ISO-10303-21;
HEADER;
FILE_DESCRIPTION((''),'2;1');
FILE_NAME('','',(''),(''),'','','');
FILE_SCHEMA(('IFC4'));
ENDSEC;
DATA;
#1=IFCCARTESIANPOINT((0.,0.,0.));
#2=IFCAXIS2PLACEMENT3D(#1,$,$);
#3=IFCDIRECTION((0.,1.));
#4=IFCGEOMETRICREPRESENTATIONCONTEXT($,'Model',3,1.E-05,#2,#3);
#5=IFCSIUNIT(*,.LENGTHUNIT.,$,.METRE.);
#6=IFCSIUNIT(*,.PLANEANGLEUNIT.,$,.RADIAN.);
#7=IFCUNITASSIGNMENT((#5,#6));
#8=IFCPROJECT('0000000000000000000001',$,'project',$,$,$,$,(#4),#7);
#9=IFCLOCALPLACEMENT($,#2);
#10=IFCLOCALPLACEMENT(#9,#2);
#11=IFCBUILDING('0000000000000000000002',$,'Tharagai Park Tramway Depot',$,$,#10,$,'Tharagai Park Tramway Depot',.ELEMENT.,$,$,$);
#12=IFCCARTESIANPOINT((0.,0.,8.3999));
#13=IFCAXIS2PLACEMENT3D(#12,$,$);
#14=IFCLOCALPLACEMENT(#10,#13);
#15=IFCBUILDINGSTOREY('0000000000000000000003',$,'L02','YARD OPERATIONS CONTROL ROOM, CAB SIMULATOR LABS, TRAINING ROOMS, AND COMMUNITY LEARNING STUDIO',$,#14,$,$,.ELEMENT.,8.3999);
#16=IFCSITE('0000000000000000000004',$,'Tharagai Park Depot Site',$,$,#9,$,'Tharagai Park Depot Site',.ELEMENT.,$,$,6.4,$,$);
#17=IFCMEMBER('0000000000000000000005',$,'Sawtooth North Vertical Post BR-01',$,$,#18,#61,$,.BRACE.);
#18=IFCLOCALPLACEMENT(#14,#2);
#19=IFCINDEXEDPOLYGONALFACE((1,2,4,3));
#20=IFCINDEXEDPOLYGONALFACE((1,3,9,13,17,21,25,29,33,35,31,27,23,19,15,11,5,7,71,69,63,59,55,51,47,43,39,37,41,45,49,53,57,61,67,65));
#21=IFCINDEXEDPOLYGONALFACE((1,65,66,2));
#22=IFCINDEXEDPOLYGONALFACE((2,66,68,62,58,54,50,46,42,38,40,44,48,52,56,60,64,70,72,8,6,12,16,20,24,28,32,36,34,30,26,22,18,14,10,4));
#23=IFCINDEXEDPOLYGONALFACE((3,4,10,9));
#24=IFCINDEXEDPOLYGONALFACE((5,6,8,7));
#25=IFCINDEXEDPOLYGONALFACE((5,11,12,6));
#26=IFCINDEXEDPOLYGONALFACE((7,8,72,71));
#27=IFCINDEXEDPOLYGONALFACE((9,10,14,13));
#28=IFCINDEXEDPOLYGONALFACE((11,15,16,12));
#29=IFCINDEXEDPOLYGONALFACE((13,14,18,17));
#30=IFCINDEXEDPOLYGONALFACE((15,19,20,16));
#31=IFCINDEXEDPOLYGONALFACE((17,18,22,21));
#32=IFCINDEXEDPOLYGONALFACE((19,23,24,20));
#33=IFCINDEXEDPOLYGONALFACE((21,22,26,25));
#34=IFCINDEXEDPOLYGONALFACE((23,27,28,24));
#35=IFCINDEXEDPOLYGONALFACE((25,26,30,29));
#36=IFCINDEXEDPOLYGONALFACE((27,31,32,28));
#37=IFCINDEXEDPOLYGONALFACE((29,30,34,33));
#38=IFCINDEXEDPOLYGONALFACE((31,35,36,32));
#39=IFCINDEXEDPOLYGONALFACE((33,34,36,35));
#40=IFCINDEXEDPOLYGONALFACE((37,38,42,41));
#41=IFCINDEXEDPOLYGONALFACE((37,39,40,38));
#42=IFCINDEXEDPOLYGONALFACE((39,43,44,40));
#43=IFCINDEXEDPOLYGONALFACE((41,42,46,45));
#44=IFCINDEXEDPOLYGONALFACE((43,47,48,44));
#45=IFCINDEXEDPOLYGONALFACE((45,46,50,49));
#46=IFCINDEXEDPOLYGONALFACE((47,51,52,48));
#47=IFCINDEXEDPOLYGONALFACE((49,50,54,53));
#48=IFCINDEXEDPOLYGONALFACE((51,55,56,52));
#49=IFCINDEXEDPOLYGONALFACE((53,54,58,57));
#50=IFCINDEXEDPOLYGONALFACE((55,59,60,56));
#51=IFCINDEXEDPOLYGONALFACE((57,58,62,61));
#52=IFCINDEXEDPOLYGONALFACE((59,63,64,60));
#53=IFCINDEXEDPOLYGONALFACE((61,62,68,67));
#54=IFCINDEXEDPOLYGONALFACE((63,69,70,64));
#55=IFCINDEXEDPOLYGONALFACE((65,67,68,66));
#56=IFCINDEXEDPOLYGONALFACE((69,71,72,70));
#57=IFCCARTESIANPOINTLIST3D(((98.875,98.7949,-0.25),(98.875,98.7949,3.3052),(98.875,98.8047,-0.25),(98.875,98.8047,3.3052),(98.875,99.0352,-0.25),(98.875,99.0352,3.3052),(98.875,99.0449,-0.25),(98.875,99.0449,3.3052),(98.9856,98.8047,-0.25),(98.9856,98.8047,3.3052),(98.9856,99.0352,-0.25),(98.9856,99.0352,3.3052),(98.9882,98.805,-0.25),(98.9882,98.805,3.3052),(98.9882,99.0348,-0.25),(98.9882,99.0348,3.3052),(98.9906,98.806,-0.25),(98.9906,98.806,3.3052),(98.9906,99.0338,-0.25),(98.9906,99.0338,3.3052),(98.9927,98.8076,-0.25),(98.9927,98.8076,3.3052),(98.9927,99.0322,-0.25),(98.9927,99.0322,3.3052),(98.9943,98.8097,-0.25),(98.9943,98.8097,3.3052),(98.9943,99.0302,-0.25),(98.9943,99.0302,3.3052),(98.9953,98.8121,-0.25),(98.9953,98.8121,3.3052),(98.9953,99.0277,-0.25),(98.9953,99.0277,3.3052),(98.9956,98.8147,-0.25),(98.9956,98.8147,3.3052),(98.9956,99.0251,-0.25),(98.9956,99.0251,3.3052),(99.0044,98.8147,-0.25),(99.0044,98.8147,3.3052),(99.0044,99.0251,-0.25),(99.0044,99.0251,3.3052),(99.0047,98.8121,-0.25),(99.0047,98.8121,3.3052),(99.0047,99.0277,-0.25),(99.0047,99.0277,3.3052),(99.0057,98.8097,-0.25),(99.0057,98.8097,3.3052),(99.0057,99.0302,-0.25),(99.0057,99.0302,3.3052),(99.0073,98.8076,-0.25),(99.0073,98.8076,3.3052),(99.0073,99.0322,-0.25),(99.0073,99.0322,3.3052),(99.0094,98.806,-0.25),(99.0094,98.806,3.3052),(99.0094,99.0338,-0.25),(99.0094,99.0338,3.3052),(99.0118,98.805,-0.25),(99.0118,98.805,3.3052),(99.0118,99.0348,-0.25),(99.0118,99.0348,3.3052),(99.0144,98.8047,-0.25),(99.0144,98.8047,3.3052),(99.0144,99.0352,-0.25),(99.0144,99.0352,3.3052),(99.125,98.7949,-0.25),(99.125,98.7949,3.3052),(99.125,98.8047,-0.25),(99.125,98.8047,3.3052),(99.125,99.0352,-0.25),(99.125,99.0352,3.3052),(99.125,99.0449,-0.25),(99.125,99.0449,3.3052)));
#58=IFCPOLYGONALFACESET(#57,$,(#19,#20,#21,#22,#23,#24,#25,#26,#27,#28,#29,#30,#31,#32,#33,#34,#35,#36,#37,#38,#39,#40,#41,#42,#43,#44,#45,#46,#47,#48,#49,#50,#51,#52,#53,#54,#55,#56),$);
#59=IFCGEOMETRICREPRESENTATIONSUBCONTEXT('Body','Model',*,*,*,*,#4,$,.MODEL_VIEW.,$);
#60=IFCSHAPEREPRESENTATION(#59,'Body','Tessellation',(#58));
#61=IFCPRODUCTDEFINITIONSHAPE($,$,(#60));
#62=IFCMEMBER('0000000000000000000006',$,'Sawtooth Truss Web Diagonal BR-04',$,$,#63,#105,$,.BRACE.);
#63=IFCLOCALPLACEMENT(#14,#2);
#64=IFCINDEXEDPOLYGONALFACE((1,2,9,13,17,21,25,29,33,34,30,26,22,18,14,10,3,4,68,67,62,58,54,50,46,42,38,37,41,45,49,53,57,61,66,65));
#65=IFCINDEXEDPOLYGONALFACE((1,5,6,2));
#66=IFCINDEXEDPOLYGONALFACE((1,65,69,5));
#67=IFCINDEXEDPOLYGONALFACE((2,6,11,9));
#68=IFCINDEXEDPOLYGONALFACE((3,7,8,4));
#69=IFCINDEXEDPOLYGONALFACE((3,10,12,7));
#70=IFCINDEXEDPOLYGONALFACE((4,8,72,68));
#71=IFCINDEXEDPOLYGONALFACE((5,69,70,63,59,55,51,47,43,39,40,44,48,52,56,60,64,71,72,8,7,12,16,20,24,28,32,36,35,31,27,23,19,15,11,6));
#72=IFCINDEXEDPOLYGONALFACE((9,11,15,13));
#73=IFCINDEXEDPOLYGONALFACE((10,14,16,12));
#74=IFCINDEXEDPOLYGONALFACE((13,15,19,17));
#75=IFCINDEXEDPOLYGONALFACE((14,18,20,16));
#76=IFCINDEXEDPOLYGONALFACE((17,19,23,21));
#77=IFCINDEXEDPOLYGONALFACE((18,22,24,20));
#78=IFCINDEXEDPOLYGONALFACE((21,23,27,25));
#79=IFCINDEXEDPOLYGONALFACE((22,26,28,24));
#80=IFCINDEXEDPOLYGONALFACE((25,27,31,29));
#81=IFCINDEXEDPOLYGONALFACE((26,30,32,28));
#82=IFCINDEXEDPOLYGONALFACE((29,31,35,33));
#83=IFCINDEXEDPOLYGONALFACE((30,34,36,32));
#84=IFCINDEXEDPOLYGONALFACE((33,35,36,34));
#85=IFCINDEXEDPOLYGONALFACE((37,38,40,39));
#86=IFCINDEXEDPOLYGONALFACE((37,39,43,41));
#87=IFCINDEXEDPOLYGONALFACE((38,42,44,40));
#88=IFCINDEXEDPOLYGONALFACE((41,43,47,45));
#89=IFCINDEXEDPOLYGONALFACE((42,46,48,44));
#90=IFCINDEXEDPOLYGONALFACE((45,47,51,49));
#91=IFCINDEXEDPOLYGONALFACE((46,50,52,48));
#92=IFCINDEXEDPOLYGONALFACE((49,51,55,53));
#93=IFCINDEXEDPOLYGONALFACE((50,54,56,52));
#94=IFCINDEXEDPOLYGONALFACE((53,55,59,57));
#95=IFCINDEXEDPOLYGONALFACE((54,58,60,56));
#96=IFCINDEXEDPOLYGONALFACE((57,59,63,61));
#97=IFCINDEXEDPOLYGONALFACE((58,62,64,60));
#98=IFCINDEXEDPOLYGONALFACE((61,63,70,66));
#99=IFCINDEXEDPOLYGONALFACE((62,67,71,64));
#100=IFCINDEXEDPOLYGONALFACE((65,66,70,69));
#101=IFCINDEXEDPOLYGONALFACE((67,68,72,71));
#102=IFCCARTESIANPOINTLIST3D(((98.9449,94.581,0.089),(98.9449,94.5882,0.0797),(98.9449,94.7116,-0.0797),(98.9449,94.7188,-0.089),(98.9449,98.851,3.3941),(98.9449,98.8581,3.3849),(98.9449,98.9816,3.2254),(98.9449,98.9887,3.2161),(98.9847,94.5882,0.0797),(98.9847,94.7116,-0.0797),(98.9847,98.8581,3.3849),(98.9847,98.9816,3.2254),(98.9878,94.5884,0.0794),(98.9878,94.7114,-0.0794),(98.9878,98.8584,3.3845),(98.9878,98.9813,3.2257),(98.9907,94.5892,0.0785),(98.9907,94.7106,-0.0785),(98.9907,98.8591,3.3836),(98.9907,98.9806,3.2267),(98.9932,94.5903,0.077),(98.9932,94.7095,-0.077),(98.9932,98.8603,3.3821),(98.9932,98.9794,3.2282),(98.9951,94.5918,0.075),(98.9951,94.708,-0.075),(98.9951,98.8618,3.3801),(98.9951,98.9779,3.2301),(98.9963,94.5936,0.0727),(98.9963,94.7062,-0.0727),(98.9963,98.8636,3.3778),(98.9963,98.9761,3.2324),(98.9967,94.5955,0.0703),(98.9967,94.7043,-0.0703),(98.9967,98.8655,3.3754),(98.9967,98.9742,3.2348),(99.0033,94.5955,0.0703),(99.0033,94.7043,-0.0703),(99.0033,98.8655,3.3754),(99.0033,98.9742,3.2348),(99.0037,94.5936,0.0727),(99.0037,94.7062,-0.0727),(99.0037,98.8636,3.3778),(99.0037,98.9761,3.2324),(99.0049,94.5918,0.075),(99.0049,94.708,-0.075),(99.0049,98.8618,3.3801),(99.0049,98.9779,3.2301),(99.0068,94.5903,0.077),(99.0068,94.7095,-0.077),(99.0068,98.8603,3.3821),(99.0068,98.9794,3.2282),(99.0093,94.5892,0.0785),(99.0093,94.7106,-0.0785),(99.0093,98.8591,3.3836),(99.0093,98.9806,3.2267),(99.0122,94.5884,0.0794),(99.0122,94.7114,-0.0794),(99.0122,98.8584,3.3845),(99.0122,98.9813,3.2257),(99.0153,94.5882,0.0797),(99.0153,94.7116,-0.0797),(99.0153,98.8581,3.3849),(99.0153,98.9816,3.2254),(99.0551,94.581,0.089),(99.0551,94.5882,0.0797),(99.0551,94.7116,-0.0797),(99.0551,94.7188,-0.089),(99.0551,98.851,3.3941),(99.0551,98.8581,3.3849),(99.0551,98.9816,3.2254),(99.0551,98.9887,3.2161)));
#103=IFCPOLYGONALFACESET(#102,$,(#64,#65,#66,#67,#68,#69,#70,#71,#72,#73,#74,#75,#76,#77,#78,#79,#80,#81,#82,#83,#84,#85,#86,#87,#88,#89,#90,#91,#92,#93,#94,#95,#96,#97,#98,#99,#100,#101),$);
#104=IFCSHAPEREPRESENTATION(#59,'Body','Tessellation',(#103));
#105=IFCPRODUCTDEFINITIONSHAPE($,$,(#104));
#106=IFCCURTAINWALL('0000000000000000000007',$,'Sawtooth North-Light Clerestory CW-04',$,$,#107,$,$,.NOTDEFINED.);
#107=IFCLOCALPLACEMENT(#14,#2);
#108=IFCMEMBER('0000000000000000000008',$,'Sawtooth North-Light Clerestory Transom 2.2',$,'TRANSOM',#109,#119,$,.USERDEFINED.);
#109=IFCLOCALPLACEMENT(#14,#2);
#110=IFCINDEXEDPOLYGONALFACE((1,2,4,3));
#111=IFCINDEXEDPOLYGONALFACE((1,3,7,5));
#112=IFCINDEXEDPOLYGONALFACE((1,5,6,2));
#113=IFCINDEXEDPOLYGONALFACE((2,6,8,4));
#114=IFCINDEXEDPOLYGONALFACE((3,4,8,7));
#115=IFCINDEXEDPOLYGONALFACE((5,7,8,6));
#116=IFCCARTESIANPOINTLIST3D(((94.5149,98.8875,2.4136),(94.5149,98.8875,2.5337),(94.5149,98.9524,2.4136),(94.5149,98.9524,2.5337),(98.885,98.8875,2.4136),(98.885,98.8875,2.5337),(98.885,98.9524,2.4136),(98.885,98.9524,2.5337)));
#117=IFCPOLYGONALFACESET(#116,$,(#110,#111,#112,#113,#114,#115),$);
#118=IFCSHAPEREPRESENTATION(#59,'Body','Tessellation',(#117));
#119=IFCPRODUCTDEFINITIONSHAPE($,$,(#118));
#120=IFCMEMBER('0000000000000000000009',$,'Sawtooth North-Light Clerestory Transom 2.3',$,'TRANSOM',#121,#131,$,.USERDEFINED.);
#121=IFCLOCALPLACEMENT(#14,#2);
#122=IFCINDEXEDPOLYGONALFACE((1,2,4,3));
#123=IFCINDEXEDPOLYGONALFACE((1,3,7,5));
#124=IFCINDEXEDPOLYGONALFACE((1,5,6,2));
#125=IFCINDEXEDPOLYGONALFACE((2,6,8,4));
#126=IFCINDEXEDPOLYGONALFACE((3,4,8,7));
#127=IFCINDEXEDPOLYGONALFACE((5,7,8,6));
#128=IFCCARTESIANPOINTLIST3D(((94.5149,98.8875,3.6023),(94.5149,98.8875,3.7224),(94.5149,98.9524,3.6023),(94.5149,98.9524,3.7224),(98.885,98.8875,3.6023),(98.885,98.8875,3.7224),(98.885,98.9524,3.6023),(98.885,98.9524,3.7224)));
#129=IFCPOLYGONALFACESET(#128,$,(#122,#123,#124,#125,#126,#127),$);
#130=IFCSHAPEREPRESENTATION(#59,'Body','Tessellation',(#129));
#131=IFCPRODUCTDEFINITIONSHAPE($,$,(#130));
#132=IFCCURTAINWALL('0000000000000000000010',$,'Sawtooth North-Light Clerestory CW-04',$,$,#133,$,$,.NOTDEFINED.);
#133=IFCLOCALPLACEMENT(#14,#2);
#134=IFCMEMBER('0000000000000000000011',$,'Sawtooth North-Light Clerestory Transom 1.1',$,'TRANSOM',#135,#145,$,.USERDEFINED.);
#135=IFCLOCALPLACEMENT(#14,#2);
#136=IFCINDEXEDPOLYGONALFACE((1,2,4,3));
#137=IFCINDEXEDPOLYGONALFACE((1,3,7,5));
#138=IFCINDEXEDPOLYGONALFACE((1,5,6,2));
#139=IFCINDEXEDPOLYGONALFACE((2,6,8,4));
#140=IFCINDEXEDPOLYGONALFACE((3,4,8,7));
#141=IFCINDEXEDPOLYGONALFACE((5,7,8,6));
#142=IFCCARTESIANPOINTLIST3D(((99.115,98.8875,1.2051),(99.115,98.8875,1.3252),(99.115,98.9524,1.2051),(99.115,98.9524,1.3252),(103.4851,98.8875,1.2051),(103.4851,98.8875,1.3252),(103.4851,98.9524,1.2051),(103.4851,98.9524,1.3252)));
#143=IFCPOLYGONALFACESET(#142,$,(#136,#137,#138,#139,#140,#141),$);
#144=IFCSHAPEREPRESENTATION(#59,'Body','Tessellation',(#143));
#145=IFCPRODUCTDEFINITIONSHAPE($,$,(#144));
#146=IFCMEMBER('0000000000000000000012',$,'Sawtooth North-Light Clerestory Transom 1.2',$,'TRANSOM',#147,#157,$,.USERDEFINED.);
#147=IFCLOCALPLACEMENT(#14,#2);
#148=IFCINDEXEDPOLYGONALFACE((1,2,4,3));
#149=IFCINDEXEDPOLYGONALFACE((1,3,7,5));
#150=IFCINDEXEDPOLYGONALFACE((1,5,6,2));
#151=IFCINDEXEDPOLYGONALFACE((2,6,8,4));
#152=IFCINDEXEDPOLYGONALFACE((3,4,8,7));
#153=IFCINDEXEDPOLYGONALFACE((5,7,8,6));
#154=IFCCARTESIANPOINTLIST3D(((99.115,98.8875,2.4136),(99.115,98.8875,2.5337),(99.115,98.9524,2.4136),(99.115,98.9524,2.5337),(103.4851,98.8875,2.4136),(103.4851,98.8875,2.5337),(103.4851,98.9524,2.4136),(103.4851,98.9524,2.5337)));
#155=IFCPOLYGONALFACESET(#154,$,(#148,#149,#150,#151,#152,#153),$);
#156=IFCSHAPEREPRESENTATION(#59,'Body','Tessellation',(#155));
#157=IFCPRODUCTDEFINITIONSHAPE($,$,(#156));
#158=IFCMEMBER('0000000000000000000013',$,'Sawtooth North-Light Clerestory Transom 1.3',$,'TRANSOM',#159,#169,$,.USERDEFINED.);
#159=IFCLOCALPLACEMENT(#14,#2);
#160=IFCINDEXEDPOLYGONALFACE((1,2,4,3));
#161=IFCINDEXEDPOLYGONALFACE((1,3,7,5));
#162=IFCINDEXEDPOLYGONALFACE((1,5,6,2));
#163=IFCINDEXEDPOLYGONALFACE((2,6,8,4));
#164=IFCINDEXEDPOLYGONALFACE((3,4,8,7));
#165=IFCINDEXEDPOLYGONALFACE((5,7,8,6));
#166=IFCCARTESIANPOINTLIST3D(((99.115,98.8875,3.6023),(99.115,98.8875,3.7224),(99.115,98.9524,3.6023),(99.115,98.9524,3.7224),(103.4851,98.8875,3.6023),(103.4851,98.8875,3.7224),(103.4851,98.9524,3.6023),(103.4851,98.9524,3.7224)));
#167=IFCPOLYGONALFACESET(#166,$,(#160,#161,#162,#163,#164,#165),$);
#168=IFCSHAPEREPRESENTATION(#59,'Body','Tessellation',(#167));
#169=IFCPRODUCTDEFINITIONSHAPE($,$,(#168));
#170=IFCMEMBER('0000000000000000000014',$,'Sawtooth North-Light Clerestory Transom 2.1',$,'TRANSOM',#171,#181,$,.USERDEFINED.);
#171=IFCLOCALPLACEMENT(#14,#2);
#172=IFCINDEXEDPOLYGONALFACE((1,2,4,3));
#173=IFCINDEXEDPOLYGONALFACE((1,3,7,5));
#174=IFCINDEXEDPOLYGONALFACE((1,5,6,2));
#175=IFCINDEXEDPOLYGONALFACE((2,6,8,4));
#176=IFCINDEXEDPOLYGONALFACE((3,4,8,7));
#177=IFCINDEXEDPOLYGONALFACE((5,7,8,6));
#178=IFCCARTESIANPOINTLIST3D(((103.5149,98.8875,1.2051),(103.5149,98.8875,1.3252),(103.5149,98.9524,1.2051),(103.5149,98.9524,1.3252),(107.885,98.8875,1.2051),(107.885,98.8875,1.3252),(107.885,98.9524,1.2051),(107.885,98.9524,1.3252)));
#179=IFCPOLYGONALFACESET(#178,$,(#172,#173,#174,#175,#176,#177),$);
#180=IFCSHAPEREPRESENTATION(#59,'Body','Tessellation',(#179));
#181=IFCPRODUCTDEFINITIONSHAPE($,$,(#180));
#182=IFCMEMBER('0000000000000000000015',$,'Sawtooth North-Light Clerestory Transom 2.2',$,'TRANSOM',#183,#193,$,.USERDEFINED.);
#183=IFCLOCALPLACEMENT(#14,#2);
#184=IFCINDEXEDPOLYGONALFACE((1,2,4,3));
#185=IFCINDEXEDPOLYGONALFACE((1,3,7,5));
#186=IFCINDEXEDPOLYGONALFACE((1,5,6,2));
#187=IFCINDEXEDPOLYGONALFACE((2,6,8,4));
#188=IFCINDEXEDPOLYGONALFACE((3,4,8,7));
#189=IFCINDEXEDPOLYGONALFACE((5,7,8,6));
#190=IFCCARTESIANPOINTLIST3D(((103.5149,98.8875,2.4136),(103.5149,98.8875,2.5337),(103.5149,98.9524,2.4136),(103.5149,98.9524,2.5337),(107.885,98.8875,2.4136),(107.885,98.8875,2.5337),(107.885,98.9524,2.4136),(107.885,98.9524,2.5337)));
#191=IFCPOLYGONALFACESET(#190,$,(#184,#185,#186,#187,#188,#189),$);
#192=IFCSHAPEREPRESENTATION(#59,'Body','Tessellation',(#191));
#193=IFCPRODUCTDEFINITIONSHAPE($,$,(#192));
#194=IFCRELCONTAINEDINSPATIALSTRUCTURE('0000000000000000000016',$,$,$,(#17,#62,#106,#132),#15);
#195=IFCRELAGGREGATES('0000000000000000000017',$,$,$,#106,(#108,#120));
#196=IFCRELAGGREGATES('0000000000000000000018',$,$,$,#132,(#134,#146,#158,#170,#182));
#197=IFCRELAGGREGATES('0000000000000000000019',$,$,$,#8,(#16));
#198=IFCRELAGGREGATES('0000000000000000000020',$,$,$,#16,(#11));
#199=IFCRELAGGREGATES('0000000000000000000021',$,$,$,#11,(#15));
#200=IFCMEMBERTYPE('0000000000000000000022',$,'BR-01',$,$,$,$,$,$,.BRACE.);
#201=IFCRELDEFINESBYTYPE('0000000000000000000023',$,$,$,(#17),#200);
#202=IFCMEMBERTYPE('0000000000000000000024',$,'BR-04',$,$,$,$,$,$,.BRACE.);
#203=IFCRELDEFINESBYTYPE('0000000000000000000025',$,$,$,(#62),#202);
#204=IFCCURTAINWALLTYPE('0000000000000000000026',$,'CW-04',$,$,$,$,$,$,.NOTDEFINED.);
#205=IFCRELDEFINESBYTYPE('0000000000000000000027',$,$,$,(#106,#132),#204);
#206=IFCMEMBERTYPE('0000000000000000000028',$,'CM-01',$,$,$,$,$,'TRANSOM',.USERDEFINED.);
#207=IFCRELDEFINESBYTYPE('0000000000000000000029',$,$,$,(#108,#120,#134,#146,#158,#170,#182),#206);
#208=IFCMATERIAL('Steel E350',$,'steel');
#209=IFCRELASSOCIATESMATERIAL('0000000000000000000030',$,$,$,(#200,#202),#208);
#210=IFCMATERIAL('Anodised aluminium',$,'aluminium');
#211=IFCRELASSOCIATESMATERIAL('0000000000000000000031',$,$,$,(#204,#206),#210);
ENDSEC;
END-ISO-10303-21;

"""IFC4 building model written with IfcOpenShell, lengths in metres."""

from ifc_helpers import new_model, si_unit, direction, frame, origin, origin_2d, place, context, subcontext, project, spatial, rectangle, i_section, extrude, material, material_profile, profile_set, type_object, element, aggregate, save


model = new_model("IFC4")

# Units and contexts
model_context = context("Model", 3, precision=1e-05, world=origin(), true_north=direction((0.0, 1.0)))
body_context = subcontext(model_context, "Body", "Model", "MODEL_VIEW")
ifc_project = project(units=[si_unit("LENGTHUNIT", "METRE"), si_unit("PLANEANGLEUNIT", "RADIAN")], contexts=[model_context])

# Site, building, storey
site_placement = place(None, origin())
site = spatial("IfcSite", under=ifc_project, at=site_placement, Name="Tharagai Park Depot Site", LongName="Tharagai Park Depot Site", CompositionType="ELEMENT", RefElevation=6.4)
building_placement = place(site_placement, origin())
building = spatial("IfcBuilding", under=site, at=building_placement, Name="Tharagai Park Tramway Depot", LongName="Tharagai Park Tramway Depot", CompositionType="ELEMENT")
storey_placement = place(building_placement, frame((0.0, 0.0, 8.3999)))
storey = spatial("IfcBuildingStorey", under=building, at=storey_placement, Name="L02", Description="YARD OPERATIONS CONTROL ROOM, CAB SIMULATOR LABS, TRAINING ROOMS, AND COMMUNITY LEARNING STUDIO", CompositionType="ELEMENT", Elevation=8.3999)

# Members
ifc_material_1 = material(Name="Steel E350", Category="steel")
ifc_material_profile_1 = material_profile(ifc_material_1, i_section(OverallWidth=0.25, OverallDepth=0.25, WebThickness=0.0088, FlangeThickness=0.0098, FilletRadius=0.01, at=origin_2d()), Name="ISHB 250")
ifc_profile_set_1 = profile_set([ifc_material_profile_1], Name="Steel E350")
member_type_1 = type_object("IfcMemberType", Name="BR-01", PredefinedType="BRACE", material=ifc_profile_set_1)
member_1_placement = place(storey_placement, frame((99.0, 98.9199, -0.25), z_axis=(0.0, 0.0, 1.0), x_axis=(1.0, 0.0, 0.0)))
element("IfcMember", 1, at=member_1_placement, inside=storey, type_object=member_type_1, Name="Sawtooth North Vertical Post BR-01", PredefinedType="BRACE", context=body_context, shape_type="SweptSolid", body=[
    extrude(i_section(OverallWidth=0.25, OverallDepth=0.25, WebThickness=0.0088, FlangeThickness=0.0098, FilletRadius=0.01, at=origin_2d()), origin(), (0.0, 0.0, 1.0), 3.5552),
])
ifc_material_profile_2 = material_profile(ifc_material_1, i_section(OverallWidth=0.1101, OverallDepth=0.2251, WebThickness=0.0066, FlangeThickness=0.0117, FilletRadius=0.012, at=origin_2d()), Name="ISMB 225")
ifc_profile_set_2 = profile_set([ifc_material_profile_2], Name="Steel E350")
member_type_2 = type_object("IfcMemberType", Name="BR-04", PredefinedType="BRACE", material=ifc_profile_set_2)
member_2_placement = place(storey_placement, frame((99.0, 94.6499, 0.0), z_axis=(0.0, 0.790782, 0.612098), x_axis=(-1.0, 0.0, 0.0)))
element("IfcMember", 2, at=member_2_placement, inside=storey, type_object=member_type_2, Name="Sawtooth Truss Web Diagonal BR-04", PredefinedType="BRACE", context=body_context, shape_type="SweptSolid", body=[
    extrude(i_section(OverallWidth=0.1101, OverallDepth=0.2251, WebThickness=0.0066, FlangeThickness=0.0117, FilletRadius=0.012, at=origin_2d()), origin(), (0.0, 0.0, 1.0), 5.3997),
])

# Curtain walls, members
ifc_material_2 = material(Name="Anodised aluminium", Category="aluminium")
curtain_wall_type = type_object("IfcCurtainWallType", Name="CW-04", PredefinedType="NOTDEFINED", material=ifc_material_2)
curtain_wall_1_placement = place(storey_placement, origin())
curtain_wall_1 = element("IfcCurtainWall", 3, at=curtain_wall_1_placement, inside=storey, type_object=curtain_wall_type, Name="Sawtooth North-Light Clerestory CW-04", PredefinedType="NOTDEFINED")
ifc_material_profile_3 = material_profile(ifc_material_2, rectangle(XDim=0.0649, YDim=0.1201, at=origin_2d()), Name="ALU 65x120")
ifc_profile_set_3 = profile_set([ifc_material_profile_3], Name="Anodised aluminium")
member_type_3 = type_object("IfcMemberType", Name="CM-01", ElementType="TRANSOM", PredefinedType="USERDEFINED", material=ifc_profile_set_3)
member_3_placement = place(storey_placement, frame((94.5149, 98.9199, 2.4736), z_axis=(1.0, 0.0, 0.0), x_axis=(0.0, 1.0, 0.0)))
member_3 = element("IfcMember", 4, at=member_3_placement, type_object=member_type_3, Name="Sawtooth North-Light Clerestory Transom 2.2", ObjectType="TRANSOM", PredefinedType="USERDEFINED", context=body_context, shape_type="SweptSolid", body=[
    extrude(rectangle(XDim=0.0649, YDim=0.1201, at=origin_2d()), origin(), (0.0, 0.0, 1.0), 4.3701),
])
member_4_placement = place(storey_placement, frame((94.5149, 98.9199, 3.6624), z_axis=(1.0, 0.0, 0.0), x_axis=(0.0, 1.0, 0.0)))
member_4 = element("IfcMember", 5, at=member_4_placement, type_object=member_type_3, Name="Sawtooth North-Light Clerestory Transom 2.3", ObjectType="TRANSOM", PredefinedType="USERDEFINED", context=body_context, shape_type="SweptSolid", body=[
    extrude(rectangle(XDim=0.0649, YDim=0.1201, at=origin_2d()), origin(), (0.0, 0.0, 1.0), 4.3701),
])
curtain_wall_2_placement = place(storey_placement, origin())
curtain_wall_2 = element("IfcCurtainWall", 6, at=curtain_wall_2_placement, inside=storey, type_object=curtain_wall_type, Name="Sawtooth North-Light Clerestory CW-04", PredefinedType="NOTDEFINED")
member_5_placement = place(storey_placement, frame((99.115, 98.9199, 1.2651), z_axis=(1.0, 0.0, 0.0), x_axis=(0.0, 1.0, 0.0)))
member_5 = element("IfcMember", 7, at=member_5_placement, type_object=member_type_3, Name="Sawtooth North-Light Clerestory Transom 1.1", ObjectType="TRANSOM", PredefinedType="USERDEFINED", context=body_context, shape_type="SweptSolid", body=[
    extrude(rectangle(XDim=0.0649, YDim=0.1201, at=origin_2d()), origin(), (0.0, 0.0, 1.0), 4.3701),
])
member_6_placement = place(storey_placement, frame((99.115, 98.9199, 2.4736), z_axis=(1.0, 0.0, 0.0), x_axis=(0.0, 1.0, 0.0)))
member_6 = element("IfcMember", 8, at=member_6_placement, type_object=member_type_3, Name="Sawtooth North-Light Clerestory Transom 1.2", ObjectType="TRANSOM", PredefinedType="USERDEFINED", context=body_context, shape_type="SweptSolid", body=[
    extrude(rectangle(XDim=0.0649, YDim=0.1201, at=origin_2d()), origin(), (0.0, 0.0, 1.0), 4.3701),
])
member_7_placement = place(storey_placement, frame((99.115, 98.9199, 3.6624), z_axis=(1.0, 0.0, 0.0), x_axis=(0.0, 1.0, 0.0)))
member_7 = element("IfcMember", 9, at=member_7_placement, type_object=member_type_3, Name="Sawtooth North-Light Clerestory Transom 1.3", ObjectType="TRANSOM", PredefinedType="USERDEFINED", context=body_context, shape_type="SweptSolid", body=[
    extrude(rectangle(XDim=0.0649, YDim=0.1201, at=origin_2d()), origin(), (0.0, 0.0, 1.0), 4.3701),
])
member_8_placement = place(storey_placement, frame((103.5149, 98.9199, 1.2651), z_axis=(1.0, 0.0, 0.0), x_axis=(0.0, 1.0, 0.0)))
member_8 = element("IfcMember", 10, at=member_8_placement, type_object=member_type_3, Name="Sawtooth North-Light Clerestory Transom 2.1", ObjectType="TRANSOM", PredefinedType="USERDEFINED", context=body_context, shape_type="SweptSolid", body=[
    extrude(rectangle(XDim=0.0649, YDim=0.1201, at=origin_2d()), origin(), (0.0, 0.0, 1.0), 4.3701),
])
member_9_placement = place(storey_placement, frame((103.5149, 98.9199, 2.4736), z_axis=(1.0, 0.0, 0.0), x_axis=(0.0, 1.0, 0.0)))
member_9 = element("IfcMember", 11, at=member_9_placement, type_object=member_type_3, Name="Sawtooth North-Light Clerestory Transom 2.2", ObjectType="TRANSOM", PredefinedType="USERDEFINED", context=body_context, shape_type="SweptSolid", body=[
    extrude(rectangle(XDim=0.0649, YDim=0.1201, at=origin_2d()), origin(), (0.0, 0.0, 1.0), 4.3701),
])

aggregate(curtain_wall_1, [member_3, member_4])
aggregate(curtain_wall_2, [member_5, member_6, member_7, member_8, member_9])

save(model, "model.ifc")
